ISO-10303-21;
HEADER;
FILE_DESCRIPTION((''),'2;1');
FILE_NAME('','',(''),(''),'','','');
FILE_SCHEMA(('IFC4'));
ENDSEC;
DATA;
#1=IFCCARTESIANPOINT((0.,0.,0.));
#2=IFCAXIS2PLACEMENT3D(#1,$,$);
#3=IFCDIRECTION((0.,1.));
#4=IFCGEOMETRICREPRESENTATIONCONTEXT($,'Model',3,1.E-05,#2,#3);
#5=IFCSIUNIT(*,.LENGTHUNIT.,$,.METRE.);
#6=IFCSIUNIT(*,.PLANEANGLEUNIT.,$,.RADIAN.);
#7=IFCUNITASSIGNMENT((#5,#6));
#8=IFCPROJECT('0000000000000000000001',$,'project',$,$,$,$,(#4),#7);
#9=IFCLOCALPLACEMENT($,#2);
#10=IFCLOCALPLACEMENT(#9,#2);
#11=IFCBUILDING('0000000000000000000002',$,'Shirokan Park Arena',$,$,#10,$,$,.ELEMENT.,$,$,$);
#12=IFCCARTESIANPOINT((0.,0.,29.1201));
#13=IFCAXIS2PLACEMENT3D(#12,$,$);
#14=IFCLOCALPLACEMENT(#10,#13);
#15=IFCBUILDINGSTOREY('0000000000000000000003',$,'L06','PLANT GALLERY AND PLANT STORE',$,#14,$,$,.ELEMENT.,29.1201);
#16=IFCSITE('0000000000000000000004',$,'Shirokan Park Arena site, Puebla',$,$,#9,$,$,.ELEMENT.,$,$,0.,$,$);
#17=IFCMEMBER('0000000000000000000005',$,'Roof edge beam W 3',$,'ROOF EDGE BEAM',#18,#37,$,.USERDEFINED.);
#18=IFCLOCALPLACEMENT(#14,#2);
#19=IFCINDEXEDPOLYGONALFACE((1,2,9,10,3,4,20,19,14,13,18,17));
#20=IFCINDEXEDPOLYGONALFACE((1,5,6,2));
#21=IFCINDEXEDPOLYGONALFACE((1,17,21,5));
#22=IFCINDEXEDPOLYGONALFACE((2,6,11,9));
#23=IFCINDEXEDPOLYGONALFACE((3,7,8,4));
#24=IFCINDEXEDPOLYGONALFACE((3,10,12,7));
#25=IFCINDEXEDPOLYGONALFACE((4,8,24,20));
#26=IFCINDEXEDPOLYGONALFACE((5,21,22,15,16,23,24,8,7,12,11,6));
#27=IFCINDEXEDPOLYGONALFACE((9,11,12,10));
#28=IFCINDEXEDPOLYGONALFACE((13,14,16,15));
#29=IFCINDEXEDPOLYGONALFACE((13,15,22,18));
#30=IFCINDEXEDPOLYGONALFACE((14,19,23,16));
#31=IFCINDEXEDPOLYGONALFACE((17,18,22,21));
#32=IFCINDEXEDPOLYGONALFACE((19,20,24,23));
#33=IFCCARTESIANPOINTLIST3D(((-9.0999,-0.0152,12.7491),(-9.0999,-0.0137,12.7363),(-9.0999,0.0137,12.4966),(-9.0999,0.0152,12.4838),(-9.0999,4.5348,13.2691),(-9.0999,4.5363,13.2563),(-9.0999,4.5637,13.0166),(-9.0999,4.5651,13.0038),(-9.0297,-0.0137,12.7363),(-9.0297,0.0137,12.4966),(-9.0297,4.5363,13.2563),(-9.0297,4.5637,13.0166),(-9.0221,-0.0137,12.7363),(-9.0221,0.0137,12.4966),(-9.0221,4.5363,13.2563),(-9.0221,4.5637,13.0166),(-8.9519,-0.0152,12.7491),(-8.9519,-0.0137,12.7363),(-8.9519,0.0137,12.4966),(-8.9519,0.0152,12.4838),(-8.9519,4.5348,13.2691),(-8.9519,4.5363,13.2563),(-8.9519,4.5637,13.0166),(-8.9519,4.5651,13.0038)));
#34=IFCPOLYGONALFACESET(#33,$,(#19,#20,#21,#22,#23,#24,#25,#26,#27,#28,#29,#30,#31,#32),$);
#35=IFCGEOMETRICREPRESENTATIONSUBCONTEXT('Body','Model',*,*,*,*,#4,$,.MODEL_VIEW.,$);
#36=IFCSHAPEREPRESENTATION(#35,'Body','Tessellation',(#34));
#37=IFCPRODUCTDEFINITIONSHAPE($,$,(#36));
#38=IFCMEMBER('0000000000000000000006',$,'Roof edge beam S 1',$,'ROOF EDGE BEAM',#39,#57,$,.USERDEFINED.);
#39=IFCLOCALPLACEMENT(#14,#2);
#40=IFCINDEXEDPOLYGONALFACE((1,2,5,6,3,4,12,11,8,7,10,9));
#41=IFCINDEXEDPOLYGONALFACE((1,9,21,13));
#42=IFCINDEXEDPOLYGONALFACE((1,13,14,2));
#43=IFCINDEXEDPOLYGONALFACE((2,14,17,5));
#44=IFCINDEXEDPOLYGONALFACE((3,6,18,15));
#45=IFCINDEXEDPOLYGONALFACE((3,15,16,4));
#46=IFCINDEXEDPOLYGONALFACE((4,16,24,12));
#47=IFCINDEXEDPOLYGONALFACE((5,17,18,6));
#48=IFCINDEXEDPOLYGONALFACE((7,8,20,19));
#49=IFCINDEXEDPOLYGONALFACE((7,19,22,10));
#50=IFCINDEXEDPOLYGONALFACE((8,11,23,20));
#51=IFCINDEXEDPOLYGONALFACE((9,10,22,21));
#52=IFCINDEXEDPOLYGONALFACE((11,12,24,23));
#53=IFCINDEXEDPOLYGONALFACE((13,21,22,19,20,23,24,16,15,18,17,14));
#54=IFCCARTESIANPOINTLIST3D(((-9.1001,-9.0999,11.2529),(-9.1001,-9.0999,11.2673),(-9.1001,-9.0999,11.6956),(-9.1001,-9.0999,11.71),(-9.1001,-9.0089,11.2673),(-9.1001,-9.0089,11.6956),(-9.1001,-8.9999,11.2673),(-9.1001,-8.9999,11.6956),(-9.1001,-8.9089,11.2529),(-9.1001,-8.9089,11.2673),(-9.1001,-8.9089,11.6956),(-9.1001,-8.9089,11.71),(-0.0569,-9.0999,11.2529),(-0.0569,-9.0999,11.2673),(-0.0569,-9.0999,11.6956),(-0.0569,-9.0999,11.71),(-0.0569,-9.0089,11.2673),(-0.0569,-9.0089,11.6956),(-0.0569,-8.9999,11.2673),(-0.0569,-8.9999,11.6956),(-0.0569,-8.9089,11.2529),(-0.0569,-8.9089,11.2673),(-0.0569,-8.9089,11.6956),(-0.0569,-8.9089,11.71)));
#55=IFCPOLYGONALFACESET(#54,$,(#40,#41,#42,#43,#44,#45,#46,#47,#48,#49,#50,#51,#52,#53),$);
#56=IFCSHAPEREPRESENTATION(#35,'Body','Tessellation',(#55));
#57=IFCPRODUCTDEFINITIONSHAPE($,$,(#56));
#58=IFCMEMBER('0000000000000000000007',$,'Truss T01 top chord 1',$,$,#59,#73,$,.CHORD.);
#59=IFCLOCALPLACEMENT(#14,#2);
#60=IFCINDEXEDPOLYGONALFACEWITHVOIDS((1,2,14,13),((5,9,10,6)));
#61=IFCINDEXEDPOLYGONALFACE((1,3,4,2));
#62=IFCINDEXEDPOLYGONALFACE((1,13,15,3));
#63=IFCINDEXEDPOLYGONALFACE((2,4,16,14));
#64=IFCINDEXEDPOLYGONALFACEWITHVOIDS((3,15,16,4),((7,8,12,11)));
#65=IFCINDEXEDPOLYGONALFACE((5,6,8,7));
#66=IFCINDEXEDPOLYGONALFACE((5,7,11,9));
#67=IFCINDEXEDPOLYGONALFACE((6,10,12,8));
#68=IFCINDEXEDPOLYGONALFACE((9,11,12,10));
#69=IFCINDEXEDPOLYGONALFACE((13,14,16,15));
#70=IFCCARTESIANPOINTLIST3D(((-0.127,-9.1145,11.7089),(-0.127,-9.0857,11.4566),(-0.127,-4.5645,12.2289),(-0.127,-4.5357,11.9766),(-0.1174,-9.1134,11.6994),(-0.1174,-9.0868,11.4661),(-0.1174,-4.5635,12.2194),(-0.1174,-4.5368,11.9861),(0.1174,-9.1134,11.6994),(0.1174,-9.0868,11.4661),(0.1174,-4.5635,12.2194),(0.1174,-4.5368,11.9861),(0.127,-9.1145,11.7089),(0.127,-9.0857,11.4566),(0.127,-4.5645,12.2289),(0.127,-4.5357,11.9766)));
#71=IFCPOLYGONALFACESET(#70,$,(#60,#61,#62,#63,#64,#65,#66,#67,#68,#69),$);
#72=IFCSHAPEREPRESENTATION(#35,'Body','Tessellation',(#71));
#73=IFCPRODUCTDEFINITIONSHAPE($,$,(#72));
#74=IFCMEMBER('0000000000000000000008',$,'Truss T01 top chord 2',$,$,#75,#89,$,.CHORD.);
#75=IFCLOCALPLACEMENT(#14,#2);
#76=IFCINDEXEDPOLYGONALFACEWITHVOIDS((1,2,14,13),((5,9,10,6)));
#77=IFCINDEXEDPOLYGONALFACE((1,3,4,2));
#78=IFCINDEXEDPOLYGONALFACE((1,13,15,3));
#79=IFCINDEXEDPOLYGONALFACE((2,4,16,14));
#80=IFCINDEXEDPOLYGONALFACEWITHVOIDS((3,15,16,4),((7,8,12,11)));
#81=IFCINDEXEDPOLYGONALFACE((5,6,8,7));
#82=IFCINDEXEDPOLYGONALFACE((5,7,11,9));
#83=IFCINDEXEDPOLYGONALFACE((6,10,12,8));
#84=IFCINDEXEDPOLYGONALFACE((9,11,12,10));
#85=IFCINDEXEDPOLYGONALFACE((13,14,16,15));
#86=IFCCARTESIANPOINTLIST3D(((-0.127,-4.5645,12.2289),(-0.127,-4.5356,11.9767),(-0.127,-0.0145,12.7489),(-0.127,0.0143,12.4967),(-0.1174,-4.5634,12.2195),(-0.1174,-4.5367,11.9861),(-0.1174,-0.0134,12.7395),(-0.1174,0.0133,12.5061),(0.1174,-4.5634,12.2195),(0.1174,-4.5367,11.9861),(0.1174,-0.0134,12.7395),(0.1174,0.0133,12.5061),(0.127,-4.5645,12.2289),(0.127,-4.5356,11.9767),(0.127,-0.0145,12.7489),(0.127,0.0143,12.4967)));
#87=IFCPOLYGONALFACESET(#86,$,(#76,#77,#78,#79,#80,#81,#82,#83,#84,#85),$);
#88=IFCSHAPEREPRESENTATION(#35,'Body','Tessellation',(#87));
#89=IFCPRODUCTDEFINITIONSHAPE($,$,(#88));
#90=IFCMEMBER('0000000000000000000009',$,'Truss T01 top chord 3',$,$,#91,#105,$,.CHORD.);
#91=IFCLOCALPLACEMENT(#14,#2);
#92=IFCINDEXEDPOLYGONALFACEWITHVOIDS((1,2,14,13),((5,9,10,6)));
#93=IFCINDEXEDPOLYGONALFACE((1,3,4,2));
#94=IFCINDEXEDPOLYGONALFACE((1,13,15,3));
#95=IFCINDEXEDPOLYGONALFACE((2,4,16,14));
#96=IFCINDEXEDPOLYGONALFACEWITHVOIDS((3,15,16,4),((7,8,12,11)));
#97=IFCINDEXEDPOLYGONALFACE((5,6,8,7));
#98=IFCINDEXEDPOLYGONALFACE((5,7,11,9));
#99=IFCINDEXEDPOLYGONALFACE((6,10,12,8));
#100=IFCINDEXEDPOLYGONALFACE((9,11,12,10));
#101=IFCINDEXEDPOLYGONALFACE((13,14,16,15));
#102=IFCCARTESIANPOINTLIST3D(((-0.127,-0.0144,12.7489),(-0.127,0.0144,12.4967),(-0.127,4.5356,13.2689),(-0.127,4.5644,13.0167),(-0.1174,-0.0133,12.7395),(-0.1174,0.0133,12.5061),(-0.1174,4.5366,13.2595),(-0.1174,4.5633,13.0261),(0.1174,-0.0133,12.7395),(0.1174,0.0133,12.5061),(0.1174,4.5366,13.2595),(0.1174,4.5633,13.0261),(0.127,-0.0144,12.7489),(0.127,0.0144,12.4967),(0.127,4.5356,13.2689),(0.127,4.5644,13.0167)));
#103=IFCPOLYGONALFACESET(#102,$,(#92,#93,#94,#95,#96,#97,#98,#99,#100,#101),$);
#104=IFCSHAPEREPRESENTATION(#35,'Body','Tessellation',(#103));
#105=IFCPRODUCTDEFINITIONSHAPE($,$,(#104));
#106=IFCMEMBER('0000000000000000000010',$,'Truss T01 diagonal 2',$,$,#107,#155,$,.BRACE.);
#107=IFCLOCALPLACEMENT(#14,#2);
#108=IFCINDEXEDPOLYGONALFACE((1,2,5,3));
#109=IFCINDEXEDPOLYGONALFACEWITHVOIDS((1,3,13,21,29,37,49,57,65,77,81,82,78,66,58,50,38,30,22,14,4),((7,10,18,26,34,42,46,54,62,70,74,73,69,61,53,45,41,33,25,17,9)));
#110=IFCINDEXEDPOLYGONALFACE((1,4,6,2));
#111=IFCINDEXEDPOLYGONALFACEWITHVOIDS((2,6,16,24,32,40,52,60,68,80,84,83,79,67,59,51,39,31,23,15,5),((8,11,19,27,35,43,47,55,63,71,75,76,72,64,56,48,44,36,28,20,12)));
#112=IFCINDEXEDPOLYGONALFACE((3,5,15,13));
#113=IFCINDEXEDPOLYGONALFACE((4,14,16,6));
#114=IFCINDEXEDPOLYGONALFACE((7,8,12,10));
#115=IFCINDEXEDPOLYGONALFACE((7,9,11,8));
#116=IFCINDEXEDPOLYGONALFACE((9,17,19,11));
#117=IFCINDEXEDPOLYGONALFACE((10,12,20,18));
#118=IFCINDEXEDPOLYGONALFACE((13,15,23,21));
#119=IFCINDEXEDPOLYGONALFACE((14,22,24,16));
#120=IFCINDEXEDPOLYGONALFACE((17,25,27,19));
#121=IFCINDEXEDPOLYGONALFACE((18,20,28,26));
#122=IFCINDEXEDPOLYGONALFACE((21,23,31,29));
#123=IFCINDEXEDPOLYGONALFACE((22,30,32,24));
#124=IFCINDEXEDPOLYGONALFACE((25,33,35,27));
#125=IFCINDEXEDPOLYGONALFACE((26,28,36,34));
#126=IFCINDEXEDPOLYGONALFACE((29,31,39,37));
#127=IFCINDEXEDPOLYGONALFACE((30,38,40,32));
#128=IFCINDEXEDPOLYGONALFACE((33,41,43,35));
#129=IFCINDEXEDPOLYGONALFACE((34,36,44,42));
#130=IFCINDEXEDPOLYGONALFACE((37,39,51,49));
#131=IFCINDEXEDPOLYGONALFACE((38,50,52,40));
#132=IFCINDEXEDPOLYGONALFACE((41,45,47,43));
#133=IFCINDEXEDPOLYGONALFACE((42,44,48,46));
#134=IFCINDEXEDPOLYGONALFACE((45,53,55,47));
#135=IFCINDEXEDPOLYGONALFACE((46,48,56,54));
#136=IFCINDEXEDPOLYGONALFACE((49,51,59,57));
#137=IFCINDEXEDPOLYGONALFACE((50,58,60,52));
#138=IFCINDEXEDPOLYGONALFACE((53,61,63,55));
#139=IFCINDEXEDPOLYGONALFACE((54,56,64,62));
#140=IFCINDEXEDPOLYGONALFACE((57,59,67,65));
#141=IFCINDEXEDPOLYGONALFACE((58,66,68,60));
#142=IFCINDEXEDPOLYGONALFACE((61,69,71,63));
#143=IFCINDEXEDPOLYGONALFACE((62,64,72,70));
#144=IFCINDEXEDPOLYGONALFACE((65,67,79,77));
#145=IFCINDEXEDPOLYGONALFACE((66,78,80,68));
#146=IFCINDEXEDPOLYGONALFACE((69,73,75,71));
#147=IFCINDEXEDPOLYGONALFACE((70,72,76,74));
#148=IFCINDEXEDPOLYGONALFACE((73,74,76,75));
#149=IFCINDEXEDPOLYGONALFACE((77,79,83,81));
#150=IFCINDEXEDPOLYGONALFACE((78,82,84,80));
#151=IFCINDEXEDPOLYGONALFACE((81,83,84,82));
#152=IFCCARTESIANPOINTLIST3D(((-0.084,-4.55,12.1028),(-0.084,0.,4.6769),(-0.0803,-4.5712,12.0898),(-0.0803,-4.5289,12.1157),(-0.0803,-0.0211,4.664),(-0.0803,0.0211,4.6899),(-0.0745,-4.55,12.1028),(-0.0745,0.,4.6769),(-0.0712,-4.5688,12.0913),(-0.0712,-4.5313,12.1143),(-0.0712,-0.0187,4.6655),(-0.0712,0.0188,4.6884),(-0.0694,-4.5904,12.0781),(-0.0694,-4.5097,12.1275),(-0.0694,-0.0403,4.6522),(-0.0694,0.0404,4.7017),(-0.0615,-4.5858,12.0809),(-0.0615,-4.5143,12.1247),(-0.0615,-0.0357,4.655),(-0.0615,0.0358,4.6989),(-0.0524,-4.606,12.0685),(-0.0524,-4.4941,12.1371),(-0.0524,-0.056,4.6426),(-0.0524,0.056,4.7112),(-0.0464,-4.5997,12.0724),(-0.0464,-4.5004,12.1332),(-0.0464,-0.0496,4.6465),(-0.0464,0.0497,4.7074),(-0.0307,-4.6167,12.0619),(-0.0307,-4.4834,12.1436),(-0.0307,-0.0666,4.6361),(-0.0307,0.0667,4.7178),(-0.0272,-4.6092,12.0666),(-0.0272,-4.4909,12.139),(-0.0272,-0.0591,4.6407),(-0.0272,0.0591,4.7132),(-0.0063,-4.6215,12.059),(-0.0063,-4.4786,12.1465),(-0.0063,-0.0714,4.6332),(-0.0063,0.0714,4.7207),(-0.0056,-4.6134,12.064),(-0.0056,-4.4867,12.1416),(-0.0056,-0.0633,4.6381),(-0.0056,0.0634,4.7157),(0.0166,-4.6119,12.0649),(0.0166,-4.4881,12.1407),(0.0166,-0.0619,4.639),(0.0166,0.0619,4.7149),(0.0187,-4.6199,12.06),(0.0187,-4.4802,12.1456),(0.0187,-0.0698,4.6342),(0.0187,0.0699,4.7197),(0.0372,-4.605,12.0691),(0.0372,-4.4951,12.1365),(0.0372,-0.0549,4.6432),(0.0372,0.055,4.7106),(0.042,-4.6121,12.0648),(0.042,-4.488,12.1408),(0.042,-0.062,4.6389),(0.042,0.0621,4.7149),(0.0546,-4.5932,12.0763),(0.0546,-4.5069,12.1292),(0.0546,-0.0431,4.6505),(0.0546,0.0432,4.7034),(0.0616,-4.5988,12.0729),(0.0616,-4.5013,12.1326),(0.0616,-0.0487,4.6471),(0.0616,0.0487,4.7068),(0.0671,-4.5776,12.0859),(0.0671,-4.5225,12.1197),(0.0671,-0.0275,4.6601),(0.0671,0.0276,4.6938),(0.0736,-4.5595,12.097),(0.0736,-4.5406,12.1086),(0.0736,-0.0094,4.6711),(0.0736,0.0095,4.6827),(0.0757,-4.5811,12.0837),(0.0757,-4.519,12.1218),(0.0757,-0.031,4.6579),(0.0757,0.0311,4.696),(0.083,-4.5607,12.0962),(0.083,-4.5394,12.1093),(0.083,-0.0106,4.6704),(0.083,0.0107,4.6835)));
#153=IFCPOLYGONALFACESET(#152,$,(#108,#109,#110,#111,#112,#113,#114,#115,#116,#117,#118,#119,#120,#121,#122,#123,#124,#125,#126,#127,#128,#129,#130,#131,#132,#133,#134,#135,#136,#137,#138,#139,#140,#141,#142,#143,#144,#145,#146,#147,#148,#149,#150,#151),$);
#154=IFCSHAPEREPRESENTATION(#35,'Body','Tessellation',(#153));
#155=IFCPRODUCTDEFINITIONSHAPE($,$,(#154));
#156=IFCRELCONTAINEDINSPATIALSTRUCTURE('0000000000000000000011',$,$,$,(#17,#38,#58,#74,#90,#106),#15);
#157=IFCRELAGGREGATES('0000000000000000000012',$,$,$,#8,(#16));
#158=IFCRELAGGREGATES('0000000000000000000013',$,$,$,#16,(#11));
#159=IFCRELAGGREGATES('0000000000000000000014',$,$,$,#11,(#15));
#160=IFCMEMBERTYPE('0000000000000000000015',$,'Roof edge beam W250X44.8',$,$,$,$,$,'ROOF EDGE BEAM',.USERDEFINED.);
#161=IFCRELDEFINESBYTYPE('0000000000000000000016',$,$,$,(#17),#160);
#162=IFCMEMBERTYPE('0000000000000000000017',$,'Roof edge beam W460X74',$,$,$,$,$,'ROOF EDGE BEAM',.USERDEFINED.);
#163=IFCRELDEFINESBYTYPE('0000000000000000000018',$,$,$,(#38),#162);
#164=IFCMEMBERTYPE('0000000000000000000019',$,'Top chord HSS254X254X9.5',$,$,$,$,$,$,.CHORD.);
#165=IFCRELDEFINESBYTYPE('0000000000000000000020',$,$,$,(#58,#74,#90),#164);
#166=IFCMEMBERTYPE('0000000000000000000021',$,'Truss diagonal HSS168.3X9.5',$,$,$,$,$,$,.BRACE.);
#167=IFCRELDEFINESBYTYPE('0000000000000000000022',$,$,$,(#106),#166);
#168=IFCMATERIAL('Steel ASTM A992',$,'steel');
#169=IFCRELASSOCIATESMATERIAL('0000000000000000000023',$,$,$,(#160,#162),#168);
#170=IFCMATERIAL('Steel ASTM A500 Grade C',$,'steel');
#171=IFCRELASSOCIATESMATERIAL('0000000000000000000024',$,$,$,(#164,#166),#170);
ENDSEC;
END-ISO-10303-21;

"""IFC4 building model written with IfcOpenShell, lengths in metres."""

from ifc_helpers import new_model, si_unit, direction, frame, origin, origin_2d, place, context, subcontext, project, spatial, hollow_rectangle, hollow_circle, i_section, extrude, material, material_profile, profile_set, type_object, element, save


model = new_model("IFC4")

# Units and contexts
model_context = context("Model", 3, precision=1e-05, world=origin(), true_north=direction((0.0, 1.0)))
body_context = subcontext(model_context, "Body", "Model", "MODEL_VIEW")
ifc_project = project(units=[si_unit("LENGTHUNIT", "METRE"), si_unit("PLANEANGLEUNIT", "RADIAN")], contexts=[model_context])

# Site, building, storey
site_placement = place(None, origin())
site = spatial("IfcSite", under=ifc_project, at=site_placement, Name="Shirokan Park Arena site, Puebla", CompositionType="ELEMENT", RefElevation=0.0)
building_placement = place(site_placement, origin())
building = spatial("IfcBuilding", under=site, at=building_placement, Name="Shirokan Park Arena", CompositionType="ELEMENT")
storey_placement = place(building_placement, frame((0.0, 0.0, 29.1201)))
storey = spatial("IfcBuildingStorey", under=building, at=storey_placement, Name="L06", Description="PLANT GALLERY AND PLANT STORE", CompositionType="ELEMENT", Elevation=29.1201)

# Members
ifc_material_1 = material(Name="Steel ASTM A500 Grade C", Category="steel")
ifc_material_2 = material(Name="Steel ASTM A992", Category="steel")
ifc_material_profile_1 = material_profile(ifc_material_2, i_section(OverallWidth=0.1479, OverallDepth=0.2671, WebThickness=0.0076, FlangeThickness=0.0129, at=origin_2d()), Name="W250X44.8")
ifc_profile_set_1 = profile_set([ifc_material_profile_1], Name="Steel ASTM A992")
member_type_1 = type_object("IfcMemberType", Name="Roof edge beam W250X44.8", ElementType="ROOF EDGE BEAM", PredefinedType="USERDEFINED", material=ifc_profile_set_1)
for number, where, z_axis, x_axis, name in (
    (1, (-9.0259, 0.0, 12.6165), (0.0, 0.993532, 0.11355), (-1.0, 0.0, 0.0), "Roof edge beam W 3"),
):
    element("IfcMember", number, at=place(storey_placement, frame(where, z_axis=z_axis, x_axis=x_axis)), inside=storey, type_object=member_type_1, Name=name, ObjectType="ROOF EDGE BEAM", PredefinedType="USERDEFINED", context=body_context, shape_type="SweptSolid", body=[
        extrude(i_section(OverallWidth=0.1479, OverallDepth=0.2671, WebThickness=0.0076, FlangeThickness=0.0129, at=origin_2d()), origin(), (0.0, 0.0, 1.0), 4.5796),
    ])
ifc_material_profile_2 = material_profile(ifc_material_2, i_section(OverallWidth=0.1909, OverallDepth=0.457, WebThickness=0.009, FlangeThickness=0.0144, at=origin_2d()), Name="W460X74")
ifc_profile_set_2 = profile_set([ifc_material_profile_2], Name="Steel ASTM A992")
member_type_2 = type_object("IfcMemberType", Name="Roof edge beam W460X74", ElementType="ROOF EDGE BEAM", PredefinedType="USERDEFINED", material=ifc_profile_set_2)
member_1_placement = place(storey_placement, frame((-9.1001, -9.0044, 11.4814), z_axis=(1.0, 0.0, 0.0), x_axis=(0.0, 1.0, 0.0)))
element("IfcMember", 2, at=member_1_placement, inside=storey, type_object=member_type_2, Name="Roof edge beam S 1", ObjectType="ROOF EDGE BEAM", PredefinedType="USERDEFINED", context=body_context, shape_type="SweptSolid", body=[
    extrude(i_section(OverallWidth=0.1909, OverallDepth=0.457, WebThickness=0.009, FlangeThickness=0.0144, at=origin_2d()), origin(), (0.0, 0.0, 1.0), 9.0432),
])
ifc_material_profile_3 = material_profile(ifc_material_1, hollow_rectangle(XDim=0.2539, YDim=0.2539, WallThickness=0.0095, at=origin_2d()), Name="HSS254X254X9.5")
ifc_profile_set_3 = profile_set([ifc_material_profile_3], Name="Steel ASTM A500 Grade C")
member_type_3 = type_object("IfcMemberType", Name="Top chord HSS254X254X9.5", PredefinedType="CHORD", material=ifc_profile_set_3)
for number, where, z_axis, x_axis, name in (
    (3, (0.0, -9.1001, 11.5828), (0.0, 0.993532, 0.11355), (-1.0, 0.0, 0.0), "Truss T01 top chord 1"),
    (4, (0.0, -4.55, 12.1028), (0.0, 0.993532, 0.11355), (-1.0, 0.0, 0.0), "Truss T01 top chord 2"),
    (5, (0.0, 0.0, 12.6228), (0.0, 0.993532, 0.11355), (-1.0, 0.0, 0.0), "Truss T01 top chord 3"),
):
    element("IfcMember", number, at=place(storey_placement, frame(where, z_axis=z_axis, x_axis=x_axis)), inside=storey, type_object=member_type_3, Name=name, PredefinedType="CHORD", context=body_context, shape_type="SweptSolid", body=[
        extrude(hollow_rectangle(XDim=0.2539, YDim=0.2539, WallThickness=0.0095, at=origin_2d()), origin(), (0.0, 0.0, 1.0), 4.5796),
    ])
ifc_material_profile_4 = material_profile(ifc_material_1, hollow_circle(Radius=0.084, WallThickness=0.0095, at=origin_2d()), Name="HSS168.3X9.5")
ifc_profile_set_4 = profile_set([ifc_material_profile_4], Name="Steel ASTM A500 Grade C")
member_type_4 = type_object("IfcMemberType", Name="Truss diagonal HSS168.3X9.5", PredefinedType="BRACE", material=ifc_profile_set_4)
member_2_placement = place(storey_placement, frame((0.0, -4.55, 12.1028), z_axis=(0.0, 0.522459, -0.852665), x_axis=(-1.0, 0.0, 0.0)))
element("IfcMember", 6, at=member_2_placement, inside=storey, type_object=member_type_4, Name="Truss T01 diagonal 2", PredefinedType="BRACE", context=body_context, shape_type="SweptSolid", body=[
    extrude(hollow_circle(Radius=0.084, WallThickness=0.0095, at=origin_2d()), origin(), (0.0, 0.0, 1.0), 8.709),
])

save(model, "model.ifc")
